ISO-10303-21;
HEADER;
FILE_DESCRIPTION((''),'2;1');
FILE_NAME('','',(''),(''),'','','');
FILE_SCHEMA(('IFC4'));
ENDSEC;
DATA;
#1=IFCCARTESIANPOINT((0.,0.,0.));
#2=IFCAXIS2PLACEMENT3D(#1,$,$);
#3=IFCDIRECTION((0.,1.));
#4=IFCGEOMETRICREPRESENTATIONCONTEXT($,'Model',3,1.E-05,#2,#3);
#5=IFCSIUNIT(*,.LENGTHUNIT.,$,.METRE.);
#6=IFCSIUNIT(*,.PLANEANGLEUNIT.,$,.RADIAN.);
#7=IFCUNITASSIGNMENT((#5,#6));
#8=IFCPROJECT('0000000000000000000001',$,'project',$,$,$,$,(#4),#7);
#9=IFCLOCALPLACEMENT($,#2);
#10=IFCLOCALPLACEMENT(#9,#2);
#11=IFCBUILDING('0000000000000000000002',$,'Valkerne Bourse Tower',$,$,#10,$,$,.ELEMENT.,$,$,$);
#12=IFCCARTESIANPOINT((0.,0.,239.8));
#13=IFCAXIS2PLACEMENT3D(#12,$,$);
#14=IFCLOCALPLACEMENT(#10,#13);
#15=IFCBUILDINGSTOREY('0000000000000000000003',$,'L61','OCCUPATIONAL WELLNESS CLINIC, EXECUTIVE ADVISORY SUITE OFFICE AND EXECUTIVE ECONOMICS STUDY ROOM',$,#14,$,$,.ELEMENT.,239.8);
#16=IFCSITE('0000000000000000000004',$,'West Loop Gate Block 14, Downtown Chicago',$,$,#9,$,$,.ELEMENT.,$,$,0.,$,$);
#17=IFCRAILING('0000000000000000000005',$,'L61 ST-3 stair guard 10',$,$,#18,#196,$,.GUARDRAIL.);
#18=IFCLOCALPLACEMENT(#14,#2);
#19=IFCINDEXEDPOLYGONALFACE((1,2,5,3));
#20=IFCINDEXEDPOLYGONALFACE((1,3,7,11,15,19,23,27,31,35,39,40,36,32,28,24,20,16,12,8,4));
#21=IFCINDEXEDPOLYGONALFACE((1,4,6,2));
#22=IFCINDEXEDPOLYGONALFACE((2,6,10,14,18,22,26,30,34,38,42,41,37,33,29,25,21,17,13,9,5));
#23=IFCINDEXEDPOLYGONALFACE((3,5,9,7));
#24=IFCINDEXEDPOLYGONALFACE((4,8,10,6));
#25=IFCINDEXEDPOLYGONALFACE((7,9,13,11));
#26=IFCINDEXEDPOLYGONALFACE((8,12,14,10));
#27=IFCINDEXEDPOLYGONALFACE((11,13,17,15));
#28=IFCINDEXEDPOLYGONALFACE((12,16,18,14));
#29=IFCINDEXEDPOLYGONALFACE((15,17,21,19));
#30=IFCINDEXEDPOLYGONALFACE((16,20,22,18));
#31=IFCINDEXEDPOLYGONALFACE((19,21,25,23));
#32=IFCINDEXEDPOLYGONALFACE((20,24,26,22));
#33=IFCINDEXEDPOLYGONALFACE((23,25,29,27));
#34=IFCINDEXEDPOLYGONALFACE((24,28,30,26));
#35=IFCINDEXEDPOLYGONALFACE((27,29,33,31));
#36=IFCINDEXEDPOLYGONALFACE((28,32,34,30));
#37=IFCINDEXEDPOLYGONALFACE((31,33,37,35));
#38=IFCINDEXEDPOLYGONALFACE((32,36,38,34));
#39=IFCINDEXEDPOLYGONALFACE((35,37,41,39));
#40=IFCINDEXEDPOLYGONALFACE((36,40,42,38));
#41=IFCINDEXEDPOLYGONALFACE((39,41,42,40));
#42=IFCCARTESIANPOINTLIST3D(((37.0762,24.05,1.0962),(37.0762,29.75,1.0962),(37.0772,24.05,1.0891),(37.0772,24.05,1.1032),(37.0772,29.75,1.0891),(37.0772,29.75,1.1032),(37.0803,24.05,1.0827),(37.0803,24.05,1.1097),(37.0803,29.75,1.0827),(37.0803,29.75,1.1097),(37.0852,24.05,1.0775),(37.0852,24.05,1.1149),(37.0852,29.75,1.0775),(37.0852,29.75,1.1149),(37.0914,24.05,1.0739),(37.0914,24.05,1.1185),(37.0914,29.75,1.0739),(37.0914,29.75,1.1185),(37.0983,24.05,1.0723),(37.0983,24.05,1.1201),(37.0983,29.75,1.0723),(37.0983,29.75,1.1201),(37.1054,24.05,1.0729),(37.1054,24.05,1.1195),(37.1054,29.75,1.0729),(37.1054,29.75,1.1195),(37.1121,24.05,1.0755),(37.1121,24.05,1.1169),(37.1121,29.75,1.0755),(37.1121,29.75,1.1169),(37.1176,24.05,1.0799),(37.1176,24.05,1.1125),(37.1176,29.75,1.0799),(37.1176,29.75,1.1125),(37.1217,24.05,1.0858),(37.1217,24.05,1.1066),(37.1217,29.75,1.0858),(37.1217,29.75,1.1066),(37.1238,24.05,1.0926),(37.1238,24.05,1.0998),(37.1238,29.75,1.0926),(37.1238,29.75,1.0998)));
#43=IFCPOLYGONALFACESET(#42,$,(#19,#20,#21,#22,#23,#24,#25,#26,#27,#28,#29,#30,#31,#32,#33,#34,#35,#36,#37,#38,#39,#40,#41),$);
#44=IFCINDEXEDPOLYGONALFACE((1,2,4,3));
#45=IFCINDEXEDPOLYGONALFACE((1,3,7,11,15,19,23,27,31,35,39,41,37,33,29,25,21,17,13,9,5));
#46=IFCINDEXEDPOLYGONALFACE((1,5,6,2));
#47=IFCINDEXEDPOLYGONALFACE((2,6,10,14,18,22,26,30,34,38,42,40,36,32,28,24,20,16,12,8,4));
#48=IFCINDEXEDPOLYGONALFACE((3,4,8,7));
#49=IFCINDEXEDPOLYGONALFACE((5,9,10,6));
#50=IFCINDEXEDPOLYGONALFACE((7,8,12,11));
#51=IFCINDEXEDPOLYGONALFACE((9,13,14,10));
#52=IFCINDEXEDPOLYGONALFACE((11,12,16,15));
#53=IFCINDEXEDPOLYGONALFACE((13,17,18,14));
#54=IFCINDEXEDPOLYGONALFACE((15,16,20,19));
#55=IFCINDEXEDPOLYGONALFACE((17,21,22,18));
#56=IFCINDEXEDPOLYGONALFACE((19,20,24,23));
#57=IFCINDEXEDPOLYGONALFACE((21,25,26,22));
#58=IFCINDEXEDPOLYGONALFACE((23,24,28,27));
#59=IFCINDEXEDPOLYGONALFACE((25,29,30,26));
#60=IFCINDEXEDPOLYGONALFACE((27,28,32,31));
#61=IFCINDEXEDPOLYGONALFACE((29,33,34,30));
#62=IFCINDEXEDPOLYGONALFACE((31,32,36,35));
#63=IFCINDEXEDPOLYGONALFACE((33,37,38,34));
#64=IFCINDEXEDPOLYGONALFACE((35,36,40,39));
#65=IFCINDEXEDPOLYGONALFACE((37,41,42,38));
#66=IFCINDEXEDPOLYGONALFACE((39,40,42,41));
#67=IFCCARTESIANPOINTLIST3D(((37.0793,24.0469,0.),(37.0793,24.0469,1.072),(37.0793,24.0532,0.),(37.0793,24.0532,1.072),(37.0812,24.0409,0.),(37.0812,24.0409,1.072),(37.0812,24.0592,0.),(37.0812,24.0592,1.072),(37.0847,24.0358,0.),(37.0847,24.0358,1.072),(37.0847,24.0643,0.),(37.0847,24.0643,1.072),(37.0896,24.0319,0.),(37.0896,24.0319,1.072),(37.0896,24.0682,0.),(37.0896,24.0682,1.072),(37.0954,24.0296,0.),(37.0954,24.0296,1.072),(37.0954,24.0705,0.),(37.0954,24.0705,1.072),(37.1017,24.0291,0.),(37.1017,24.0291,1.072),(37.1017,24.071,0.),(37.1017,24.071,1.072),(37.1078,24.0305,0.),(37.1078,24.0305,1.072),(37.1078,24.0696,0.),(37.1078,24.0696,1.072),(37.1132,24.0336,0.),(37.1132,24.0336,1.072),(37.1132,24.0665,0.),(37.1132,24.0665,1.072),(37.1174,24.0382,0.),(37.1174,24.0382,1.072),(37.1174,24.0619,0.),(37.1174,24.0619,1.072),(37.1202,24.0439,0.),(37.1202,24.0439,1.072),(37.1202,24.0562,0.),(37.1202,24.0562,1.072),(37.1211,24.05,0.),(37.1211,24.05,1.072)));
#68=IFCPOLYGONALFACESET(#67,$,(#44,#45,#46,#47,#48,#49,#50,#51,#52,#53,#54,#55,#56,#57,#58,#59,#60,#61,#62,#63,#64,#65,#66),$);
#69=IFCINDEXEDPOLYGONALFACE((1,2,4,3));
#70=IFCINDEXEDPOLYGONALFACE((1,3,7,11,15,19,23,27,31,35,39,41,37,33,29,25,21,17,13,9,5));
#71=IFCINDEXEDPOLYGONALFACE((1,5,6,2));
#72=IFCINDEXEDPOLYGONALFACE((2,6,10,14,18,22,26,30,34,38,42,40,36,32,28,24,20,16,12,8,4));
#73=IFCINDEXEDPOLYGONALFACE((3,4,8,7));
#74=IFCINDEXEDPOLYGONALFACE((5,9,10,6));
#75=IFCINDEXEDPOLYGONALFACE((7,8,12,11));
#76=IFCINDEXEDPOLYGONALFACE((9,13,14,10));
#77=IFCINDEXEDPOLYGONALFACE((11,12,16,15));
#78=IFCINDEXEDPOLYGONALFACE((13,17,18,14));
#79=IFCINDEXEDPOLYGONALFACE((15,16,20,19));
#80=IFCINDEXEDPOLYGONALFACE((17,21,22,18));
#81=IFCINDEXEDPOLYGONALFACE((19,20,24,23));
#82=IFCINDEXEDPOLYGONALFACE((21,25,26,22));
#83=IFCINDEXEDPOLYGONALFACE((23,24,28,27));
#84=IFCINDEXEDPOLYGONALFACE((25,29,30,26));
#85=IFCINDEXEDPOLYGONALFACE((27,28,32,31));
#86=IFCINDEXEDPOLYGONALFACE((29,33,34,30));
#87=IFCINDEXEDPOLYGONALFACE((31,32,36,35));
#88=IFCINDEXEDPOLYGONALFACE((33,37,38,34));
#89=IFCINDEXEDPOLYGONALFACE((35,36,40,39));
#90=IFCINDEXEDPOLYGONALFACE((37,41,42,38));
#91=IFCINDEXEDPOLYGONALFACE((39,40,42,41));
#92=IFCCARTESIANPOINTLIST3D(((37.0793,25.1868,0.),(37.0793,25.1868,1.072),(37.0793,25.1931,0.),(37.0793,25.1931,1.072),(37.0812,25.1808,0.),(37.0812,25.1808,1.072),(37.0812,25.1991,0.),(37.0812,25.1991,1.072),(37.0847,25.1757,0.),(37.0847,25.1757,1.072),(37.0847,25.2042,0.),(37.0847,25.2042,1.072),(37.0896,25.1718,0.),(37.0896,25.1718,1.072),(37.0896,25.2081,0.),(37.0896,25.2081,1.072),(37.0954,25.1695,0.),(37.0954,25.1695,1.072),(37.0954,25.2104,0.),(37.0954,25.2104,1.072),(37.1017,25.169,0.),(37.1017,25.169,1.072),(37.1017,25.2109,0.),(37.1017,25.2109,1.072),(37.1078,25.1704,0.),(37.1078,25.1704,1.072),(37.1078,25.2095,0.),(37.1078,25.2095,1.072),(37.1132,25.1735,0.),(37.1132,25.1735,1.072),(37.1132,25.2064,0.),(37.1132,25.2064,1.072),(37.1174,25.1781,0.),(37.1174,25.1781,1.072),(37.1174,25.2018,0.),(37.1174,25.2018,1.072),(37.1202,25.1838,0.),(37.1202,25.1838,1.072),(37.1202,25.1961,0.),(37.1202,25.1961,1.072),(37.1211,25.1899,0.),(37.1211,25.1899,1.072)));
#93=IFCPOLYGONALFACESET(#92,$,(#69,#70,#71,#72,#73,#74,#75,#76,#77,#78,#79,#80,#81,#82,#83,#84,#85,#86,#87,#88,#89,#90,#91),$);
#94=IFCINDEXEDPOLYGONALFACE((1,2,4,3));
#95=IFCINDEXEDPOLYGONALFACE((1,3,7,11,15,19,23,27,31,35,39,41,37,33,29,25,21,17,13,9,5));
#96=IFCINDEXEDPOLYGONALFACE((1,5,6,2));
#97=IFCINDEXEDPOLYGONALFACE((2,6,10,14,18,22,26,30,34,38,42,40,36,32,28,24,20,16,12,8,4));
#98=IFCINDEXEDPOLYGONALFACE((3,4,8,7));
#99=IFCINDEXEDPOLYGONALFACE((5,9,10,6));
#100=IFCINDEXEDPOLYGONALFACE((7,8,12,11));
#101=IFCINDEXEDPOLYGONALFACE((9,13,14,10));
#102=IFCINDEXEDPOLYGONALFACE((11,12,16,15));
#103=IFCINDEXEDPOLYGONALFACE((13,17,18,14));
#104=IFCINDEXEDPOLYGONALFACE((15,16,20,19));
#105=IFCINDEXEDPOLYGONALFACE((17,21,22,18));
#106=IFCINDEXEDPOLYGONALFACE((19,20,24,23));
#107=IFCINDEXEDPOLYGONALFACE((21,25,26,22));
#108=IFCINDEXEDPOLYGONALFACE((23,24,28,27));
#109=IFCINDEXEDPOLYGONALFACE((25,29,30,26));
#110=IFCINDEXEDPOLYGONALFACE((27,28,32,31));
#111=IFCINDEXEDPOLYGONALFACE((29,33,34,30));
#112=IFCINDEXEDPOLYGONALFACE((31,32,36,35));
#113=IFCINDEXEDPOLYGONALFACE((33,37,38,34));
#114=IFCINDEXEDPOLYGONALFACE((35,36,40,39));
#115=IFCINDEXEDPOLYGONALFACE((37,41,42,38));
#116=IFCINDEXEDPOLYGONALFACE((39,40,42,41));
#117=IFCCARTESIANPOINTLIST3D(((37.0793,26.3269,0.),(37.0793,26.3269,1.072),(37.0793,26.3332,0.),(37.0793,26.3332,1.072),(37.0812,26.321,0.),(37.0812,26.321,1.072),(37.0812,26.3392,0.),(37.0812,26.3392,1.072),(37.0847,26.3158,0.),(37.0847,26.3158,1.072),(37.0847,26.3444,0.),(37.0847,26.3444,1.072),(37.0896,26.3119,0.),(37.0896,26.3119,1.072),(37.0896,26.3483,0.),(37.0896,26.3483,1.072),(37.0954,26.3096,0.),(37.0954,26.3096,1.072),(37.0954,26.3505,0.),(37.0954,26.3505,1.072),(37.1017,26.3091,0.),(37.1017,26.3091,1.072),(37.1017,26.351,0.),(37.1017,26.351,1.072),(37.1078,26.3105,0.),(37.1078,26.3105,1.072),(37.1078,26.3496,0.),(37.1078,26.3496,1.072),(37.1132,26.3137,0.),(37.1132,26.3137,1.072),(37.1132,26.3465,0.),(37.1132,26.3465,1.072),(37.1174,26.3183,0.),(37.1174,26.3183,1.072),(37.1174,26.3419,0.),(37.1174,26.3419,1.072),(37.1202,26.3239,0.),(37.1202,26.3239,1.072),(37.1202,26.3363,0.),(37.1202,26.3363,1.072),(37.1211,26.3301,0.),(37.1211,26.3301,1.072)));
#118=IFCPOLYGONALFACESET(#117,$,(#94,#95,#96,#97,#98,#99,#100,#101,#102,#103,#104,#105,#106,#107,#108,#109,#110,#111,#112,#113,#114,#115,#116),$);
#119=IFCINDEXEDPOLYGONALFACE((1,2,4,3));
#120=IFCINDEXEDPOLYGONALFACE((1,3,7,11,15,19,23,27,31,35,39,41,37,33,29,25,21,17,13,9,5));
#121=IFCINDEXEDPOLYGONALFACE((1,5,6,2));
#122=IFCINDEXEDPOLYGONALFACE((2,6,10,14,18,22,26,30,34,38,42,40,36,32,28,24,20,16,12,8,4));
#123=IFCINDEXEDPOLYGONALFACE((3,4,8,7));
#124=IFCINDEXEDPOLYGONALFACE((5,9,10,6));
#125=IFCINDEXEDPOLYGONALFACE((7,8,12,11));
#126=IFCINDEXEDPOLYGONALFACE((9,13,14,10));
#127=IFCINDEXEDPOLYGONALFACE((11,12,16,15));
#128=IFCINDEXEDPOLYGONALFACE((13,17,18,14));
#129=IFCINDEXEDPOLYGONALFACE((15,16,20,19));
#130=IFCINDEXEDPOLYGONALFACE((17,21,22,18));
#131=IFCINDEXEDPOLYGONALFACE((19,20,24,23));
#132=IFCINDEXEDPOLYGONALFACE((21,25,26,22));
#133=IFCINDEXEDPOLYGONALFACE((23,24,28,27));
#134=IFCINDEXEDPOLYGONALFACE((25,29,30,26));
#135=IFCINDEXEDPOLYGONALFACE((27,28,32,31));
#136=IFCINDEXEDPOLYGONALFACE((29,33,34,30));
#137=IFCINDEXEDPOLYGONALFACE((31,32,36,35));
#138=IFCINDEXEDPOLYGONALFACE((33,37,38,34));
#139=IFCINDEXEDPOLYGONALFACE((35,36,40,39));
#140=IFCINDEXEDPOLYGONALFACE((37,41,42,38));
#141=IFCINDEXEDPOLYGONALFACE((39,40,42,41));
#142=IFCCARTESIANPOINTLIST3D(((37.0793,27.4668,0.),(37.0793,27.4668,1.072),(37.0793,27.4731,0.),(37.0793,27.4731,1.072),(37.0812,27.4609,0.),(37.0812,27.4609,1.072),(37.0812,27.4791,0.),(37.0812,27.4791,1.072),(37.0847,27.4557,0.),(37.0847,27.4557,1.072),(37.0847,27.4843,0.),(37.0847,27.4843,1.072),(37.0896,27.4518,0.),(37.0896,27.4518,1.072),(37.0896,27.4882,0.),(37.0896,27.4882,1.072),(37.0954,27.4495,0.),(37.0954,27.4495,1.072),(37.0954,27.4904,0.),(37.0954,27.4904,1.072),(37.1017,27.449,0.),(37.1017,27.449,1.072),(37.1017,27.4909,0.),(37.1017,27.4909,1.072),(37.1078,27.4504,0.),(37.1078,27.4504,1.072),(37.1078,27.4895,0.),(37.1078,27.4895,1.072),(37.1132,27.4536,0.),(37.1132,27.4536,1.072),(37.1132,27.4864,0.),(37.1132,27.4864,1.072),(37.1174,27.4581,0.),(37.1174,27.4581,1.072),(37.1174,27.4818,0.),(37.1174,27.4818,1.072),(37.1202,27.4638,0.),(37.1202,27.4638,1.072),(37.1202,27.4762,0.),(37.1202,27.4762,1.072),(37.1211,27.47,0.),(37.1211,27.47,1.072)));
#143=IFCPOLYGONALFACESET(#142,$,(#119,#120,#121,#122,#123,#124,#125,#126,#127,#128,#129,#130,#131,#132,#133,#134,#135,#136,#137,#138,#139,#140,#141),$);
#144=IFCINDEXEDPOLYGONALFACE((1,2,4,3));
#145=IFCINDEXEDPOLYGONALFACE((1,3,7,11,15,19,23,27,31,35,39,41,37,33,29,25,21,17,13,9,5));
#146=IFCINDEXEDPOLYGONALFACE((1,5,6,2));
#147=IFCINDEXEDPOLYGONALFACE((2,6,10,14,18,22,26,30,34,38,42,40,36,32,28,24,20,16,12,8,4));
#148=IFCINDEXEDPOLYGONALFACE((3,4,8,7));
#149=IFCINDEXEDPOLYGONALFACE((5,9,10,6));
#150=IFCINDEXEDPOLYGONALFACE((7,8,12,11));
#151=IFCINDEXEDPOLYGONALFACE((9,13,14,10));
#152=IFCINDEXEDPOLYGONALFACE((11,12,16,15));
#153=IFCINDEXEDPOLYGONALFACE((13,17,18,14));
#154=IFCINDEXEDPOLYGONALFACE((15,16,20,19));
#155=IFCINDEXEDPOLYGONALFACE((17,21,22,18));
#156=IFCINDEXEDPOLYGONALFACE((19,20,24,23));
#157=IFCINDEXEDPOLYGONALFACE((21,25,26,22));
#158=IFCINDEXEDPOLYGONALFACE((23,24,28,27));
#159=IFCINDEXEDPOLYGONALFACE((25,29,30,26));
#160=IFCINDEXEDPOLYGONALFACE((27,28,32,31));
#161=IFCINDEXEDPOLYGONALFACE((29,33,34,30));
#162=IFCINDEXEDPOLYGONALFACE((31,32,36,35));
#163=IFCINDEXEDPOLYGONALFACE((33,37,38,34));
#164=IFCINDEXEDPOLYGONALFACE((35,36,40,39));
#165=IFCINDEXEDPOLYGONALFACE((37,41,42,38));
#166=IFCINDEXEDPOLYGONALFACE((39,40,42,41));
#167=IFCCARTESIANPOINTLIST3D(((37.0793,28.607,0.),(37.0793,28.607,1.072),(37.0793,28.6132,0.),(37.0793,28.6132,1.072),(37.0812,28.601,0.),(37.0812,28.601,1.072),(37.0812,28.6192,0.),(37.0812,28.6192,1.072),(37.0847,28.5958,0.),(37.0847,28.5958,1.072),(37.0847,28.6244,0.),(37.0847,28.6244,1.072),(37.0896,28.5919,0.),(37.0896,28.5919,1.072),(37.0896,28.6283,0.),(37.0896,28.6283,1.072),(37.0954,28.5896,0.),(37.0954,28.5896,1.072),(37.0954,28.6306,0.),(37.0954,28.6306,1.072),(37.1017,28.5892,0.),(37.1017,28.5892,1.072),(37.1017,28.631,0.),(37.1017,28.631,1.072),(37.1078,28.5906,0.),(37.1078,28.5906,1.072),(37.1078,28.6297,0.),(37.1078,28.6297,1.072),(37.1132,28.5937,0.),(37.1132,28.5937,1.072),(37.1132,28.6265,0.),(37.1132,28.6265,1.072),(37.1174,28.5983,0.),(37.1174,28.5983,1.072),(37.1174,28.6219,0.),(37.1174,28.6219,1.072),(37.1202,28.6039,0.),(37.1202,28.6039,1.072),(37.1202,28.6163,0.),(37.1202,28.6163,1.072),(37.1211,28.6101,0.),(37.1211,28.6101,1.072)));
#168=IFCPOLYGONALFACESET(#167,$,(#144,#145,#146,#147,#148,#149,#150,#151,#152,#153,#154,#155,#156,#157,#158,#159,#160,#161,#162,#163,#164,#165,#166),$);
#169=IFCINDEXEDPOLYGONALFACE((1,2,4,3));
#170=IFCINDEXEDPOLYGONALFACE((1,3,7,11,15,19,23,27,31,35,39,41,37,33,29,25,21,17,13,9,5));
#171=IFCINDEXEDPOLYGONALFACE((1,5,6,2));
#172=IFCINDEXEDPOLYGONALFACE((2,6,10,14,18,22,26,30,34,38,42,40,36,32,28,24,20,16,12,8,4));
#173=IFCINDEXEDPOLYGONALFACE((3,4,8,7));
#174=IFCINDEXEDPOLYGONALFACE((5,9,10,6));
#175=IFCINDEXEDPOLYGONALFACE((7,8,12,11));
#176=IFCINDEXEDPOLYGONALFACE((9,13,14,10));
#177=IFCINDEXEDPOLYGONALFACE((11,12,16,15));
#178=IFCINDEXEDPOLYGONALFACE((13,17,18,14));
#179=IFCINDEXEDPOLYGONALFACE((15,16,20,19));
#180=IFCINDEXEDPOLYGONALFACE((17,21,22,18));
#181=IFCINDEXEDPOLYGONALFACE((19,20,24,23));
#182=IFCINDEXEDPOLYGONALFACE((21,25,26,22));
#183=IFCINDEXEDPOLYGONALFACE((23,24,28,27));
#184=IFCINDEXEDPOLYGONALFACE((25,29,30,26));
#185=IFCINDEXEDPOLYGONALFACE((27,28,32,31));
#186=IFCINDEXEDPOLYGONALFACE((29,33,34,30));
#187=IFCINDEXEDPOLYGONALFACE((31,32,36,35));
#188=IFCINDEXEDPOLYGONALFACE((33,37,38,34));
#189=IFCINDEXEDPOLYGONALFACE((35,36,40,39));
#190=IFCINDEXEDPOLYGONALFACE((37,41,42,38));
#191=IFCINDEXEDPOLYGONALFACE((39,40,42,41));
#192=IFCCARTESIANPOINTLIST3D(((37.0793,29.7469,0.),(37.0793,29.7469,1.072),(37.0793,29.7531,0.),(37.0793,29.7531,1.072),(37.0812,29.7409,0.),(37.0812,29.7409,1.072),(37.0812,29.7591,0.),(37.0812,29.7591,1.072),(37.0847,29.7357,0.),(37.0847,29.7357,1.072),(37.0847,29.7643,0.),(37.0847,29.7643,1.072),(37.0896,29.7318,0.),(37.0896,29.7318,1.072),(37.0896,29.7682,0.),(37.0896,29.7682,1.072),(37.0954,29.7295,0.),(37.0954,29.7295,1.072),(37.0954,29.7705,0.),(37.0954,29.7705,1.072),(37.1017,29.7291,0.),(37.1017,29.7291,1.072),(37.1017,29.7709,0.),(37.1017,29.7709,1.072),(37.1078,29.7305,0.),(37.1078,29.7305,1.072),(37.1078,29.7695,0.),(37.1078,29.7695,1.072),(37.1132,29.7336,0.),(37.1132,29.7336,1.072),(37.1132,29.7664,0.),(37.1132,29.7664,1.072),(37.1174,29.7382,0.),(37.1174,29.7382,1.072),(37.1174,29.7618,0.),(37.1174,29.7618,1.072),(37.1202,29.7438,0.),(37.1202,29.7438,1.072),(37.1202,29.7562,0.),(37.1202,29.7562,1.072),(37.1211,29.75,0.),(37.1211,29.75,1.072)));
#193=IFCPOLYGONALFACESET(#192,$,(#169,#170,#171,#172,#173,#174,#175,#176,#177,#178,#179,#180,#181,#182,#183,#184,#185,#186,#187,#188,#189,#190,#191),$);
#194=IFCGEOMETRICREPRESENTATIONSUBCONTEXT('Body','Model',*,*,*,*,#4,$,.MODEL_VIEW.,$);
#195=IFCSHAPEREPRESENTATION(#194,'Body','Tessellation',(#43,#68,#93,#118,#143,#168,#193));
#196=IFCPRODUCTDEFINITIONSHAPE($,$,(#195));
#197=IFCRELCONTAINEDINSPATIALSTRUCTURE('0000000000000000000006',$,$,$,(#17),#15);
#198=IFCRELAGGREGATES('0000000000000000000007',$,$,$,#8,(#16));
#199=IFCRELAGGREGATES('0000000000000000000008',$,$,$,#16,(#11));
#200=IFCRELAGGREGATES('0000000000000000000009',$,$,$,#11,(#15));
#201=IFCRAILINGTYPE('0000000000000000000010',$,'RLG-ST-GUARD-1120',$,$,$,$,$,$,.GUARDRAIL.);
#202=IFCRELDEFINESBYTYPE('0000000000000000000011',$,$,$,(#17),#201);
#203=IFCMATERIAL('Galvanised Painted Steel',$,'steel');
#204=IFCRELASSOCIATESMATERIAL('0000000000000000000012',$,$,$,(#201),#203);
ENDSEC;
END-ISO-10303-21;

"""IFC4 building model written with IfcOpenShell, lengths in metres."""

from ifc_helpers import new_model, si_unit, direction, frame, origin, origin_2d, place, context, subcontext, project, spatial, circle, extrude, material, type_object, element, save


model = new_model("IFC4")

# Units and contexts
model_context = context("Model", 3, precision=1e-05, world=origin(), true_north=direction((0.0, 1.0)))
body_context = subcontext(model_context, "Body", "Model", "MODEL_VIEW")
ifc_project = project(units=[si_unit("LENGTHUNIT", "METRE"), si_unit("PLANEANGLEUNIT", "RADIAN")], contexts=[model_context])

# Site, building, storey
site_placement = place(None, origin())
site = spatial("IfcSite", under=ifc_project, at=site_placement, Name="West Loop Gate Block 14, Downtown Chicago", CompositionType="ELEMENT", RefElevation=0.0)
building_placement = place(site_placement, origin())
building = spatial("IfcBuilding", under=site, at=building_placement, Name="Valkerne Bourse Tower", CompositionType="ELEMENT")
storey_placement = place(building_placement, frame((0.0, 0.0, 239.8)))
storey = spatial("IfcBuildingStorey", under=building, at=storey_placement, Name="L61", Description="OCCUPATIONAL WELLNESS CLINIC, EXECUTIVE ADVISORY SUITE OFFICE AND EXECUTIVE ECONOMICS STUDY ROOM", CompositionType="ELEMENT", Elevation=239.8)

# Railing
ifc_material_1 = material(Name="Galvanised Painted Steel", Category="steel")
railing_type_1 = type_object("IfcRailingType", Name="RLG-ST-GUARD-1120", PredefinedType="GUARDRAIL", material=ifc_material_1)
railing_1_placement = place(storey_placement, frame((37.1001, 24.05, 0.0)))
element("IfcRailing", 1, at=railing_1_placement, inside=storey, type_object=railing_type_1, Name="L61 ST-3 stair guard 10", PredefinedType="GUARDRAIL", context=body_context, shape_type="SweptSolid", body=[
    extrude(circle(Radius=0.0239, at=origin_2d()), frame((0.0, 0.0, 1.0962), z_axis=(0.0, 1.0, 0.0), x_axis=(-1.0, 0.0, 0.0)), (0.0, 0.0, 1.0), 5.7),
    extrude(circle(Radius=0.021, at=origin_2d()), origin(), (0.0, 0.0, 1.0), 1.072),
    extrude(circle(Radius=0.021, at=origin_2d()), frame((0.0, 1.1399, 0.0)), (0.0, 0.0, 1.0), 1.072),
    extrude(circle(Radius=0.021, at=origin_2d()), frame((0.0, 2.28, 0.0)), (0.0, 0.0, 1.0), 1.072),
    extrude(circle(Radius=0.021, at=origin_2d()), frame((0.0, 3.4199, 0.0)), (0.0, 0.0, 1.0), 1.072),
    extrude(circle(Radius=0.021, at=origin_2d()), frame((0.0, 4.5601, 0.0)), (0.0, 0.0, 1.0), 1.072),
    extrude(circle(Radius=0.021, at=origin_2d()), frame((0.0, 5.7, 0.0)), (0.0, 0.0, 1.0), 1.072),
])

save(model, "model.ifc")
